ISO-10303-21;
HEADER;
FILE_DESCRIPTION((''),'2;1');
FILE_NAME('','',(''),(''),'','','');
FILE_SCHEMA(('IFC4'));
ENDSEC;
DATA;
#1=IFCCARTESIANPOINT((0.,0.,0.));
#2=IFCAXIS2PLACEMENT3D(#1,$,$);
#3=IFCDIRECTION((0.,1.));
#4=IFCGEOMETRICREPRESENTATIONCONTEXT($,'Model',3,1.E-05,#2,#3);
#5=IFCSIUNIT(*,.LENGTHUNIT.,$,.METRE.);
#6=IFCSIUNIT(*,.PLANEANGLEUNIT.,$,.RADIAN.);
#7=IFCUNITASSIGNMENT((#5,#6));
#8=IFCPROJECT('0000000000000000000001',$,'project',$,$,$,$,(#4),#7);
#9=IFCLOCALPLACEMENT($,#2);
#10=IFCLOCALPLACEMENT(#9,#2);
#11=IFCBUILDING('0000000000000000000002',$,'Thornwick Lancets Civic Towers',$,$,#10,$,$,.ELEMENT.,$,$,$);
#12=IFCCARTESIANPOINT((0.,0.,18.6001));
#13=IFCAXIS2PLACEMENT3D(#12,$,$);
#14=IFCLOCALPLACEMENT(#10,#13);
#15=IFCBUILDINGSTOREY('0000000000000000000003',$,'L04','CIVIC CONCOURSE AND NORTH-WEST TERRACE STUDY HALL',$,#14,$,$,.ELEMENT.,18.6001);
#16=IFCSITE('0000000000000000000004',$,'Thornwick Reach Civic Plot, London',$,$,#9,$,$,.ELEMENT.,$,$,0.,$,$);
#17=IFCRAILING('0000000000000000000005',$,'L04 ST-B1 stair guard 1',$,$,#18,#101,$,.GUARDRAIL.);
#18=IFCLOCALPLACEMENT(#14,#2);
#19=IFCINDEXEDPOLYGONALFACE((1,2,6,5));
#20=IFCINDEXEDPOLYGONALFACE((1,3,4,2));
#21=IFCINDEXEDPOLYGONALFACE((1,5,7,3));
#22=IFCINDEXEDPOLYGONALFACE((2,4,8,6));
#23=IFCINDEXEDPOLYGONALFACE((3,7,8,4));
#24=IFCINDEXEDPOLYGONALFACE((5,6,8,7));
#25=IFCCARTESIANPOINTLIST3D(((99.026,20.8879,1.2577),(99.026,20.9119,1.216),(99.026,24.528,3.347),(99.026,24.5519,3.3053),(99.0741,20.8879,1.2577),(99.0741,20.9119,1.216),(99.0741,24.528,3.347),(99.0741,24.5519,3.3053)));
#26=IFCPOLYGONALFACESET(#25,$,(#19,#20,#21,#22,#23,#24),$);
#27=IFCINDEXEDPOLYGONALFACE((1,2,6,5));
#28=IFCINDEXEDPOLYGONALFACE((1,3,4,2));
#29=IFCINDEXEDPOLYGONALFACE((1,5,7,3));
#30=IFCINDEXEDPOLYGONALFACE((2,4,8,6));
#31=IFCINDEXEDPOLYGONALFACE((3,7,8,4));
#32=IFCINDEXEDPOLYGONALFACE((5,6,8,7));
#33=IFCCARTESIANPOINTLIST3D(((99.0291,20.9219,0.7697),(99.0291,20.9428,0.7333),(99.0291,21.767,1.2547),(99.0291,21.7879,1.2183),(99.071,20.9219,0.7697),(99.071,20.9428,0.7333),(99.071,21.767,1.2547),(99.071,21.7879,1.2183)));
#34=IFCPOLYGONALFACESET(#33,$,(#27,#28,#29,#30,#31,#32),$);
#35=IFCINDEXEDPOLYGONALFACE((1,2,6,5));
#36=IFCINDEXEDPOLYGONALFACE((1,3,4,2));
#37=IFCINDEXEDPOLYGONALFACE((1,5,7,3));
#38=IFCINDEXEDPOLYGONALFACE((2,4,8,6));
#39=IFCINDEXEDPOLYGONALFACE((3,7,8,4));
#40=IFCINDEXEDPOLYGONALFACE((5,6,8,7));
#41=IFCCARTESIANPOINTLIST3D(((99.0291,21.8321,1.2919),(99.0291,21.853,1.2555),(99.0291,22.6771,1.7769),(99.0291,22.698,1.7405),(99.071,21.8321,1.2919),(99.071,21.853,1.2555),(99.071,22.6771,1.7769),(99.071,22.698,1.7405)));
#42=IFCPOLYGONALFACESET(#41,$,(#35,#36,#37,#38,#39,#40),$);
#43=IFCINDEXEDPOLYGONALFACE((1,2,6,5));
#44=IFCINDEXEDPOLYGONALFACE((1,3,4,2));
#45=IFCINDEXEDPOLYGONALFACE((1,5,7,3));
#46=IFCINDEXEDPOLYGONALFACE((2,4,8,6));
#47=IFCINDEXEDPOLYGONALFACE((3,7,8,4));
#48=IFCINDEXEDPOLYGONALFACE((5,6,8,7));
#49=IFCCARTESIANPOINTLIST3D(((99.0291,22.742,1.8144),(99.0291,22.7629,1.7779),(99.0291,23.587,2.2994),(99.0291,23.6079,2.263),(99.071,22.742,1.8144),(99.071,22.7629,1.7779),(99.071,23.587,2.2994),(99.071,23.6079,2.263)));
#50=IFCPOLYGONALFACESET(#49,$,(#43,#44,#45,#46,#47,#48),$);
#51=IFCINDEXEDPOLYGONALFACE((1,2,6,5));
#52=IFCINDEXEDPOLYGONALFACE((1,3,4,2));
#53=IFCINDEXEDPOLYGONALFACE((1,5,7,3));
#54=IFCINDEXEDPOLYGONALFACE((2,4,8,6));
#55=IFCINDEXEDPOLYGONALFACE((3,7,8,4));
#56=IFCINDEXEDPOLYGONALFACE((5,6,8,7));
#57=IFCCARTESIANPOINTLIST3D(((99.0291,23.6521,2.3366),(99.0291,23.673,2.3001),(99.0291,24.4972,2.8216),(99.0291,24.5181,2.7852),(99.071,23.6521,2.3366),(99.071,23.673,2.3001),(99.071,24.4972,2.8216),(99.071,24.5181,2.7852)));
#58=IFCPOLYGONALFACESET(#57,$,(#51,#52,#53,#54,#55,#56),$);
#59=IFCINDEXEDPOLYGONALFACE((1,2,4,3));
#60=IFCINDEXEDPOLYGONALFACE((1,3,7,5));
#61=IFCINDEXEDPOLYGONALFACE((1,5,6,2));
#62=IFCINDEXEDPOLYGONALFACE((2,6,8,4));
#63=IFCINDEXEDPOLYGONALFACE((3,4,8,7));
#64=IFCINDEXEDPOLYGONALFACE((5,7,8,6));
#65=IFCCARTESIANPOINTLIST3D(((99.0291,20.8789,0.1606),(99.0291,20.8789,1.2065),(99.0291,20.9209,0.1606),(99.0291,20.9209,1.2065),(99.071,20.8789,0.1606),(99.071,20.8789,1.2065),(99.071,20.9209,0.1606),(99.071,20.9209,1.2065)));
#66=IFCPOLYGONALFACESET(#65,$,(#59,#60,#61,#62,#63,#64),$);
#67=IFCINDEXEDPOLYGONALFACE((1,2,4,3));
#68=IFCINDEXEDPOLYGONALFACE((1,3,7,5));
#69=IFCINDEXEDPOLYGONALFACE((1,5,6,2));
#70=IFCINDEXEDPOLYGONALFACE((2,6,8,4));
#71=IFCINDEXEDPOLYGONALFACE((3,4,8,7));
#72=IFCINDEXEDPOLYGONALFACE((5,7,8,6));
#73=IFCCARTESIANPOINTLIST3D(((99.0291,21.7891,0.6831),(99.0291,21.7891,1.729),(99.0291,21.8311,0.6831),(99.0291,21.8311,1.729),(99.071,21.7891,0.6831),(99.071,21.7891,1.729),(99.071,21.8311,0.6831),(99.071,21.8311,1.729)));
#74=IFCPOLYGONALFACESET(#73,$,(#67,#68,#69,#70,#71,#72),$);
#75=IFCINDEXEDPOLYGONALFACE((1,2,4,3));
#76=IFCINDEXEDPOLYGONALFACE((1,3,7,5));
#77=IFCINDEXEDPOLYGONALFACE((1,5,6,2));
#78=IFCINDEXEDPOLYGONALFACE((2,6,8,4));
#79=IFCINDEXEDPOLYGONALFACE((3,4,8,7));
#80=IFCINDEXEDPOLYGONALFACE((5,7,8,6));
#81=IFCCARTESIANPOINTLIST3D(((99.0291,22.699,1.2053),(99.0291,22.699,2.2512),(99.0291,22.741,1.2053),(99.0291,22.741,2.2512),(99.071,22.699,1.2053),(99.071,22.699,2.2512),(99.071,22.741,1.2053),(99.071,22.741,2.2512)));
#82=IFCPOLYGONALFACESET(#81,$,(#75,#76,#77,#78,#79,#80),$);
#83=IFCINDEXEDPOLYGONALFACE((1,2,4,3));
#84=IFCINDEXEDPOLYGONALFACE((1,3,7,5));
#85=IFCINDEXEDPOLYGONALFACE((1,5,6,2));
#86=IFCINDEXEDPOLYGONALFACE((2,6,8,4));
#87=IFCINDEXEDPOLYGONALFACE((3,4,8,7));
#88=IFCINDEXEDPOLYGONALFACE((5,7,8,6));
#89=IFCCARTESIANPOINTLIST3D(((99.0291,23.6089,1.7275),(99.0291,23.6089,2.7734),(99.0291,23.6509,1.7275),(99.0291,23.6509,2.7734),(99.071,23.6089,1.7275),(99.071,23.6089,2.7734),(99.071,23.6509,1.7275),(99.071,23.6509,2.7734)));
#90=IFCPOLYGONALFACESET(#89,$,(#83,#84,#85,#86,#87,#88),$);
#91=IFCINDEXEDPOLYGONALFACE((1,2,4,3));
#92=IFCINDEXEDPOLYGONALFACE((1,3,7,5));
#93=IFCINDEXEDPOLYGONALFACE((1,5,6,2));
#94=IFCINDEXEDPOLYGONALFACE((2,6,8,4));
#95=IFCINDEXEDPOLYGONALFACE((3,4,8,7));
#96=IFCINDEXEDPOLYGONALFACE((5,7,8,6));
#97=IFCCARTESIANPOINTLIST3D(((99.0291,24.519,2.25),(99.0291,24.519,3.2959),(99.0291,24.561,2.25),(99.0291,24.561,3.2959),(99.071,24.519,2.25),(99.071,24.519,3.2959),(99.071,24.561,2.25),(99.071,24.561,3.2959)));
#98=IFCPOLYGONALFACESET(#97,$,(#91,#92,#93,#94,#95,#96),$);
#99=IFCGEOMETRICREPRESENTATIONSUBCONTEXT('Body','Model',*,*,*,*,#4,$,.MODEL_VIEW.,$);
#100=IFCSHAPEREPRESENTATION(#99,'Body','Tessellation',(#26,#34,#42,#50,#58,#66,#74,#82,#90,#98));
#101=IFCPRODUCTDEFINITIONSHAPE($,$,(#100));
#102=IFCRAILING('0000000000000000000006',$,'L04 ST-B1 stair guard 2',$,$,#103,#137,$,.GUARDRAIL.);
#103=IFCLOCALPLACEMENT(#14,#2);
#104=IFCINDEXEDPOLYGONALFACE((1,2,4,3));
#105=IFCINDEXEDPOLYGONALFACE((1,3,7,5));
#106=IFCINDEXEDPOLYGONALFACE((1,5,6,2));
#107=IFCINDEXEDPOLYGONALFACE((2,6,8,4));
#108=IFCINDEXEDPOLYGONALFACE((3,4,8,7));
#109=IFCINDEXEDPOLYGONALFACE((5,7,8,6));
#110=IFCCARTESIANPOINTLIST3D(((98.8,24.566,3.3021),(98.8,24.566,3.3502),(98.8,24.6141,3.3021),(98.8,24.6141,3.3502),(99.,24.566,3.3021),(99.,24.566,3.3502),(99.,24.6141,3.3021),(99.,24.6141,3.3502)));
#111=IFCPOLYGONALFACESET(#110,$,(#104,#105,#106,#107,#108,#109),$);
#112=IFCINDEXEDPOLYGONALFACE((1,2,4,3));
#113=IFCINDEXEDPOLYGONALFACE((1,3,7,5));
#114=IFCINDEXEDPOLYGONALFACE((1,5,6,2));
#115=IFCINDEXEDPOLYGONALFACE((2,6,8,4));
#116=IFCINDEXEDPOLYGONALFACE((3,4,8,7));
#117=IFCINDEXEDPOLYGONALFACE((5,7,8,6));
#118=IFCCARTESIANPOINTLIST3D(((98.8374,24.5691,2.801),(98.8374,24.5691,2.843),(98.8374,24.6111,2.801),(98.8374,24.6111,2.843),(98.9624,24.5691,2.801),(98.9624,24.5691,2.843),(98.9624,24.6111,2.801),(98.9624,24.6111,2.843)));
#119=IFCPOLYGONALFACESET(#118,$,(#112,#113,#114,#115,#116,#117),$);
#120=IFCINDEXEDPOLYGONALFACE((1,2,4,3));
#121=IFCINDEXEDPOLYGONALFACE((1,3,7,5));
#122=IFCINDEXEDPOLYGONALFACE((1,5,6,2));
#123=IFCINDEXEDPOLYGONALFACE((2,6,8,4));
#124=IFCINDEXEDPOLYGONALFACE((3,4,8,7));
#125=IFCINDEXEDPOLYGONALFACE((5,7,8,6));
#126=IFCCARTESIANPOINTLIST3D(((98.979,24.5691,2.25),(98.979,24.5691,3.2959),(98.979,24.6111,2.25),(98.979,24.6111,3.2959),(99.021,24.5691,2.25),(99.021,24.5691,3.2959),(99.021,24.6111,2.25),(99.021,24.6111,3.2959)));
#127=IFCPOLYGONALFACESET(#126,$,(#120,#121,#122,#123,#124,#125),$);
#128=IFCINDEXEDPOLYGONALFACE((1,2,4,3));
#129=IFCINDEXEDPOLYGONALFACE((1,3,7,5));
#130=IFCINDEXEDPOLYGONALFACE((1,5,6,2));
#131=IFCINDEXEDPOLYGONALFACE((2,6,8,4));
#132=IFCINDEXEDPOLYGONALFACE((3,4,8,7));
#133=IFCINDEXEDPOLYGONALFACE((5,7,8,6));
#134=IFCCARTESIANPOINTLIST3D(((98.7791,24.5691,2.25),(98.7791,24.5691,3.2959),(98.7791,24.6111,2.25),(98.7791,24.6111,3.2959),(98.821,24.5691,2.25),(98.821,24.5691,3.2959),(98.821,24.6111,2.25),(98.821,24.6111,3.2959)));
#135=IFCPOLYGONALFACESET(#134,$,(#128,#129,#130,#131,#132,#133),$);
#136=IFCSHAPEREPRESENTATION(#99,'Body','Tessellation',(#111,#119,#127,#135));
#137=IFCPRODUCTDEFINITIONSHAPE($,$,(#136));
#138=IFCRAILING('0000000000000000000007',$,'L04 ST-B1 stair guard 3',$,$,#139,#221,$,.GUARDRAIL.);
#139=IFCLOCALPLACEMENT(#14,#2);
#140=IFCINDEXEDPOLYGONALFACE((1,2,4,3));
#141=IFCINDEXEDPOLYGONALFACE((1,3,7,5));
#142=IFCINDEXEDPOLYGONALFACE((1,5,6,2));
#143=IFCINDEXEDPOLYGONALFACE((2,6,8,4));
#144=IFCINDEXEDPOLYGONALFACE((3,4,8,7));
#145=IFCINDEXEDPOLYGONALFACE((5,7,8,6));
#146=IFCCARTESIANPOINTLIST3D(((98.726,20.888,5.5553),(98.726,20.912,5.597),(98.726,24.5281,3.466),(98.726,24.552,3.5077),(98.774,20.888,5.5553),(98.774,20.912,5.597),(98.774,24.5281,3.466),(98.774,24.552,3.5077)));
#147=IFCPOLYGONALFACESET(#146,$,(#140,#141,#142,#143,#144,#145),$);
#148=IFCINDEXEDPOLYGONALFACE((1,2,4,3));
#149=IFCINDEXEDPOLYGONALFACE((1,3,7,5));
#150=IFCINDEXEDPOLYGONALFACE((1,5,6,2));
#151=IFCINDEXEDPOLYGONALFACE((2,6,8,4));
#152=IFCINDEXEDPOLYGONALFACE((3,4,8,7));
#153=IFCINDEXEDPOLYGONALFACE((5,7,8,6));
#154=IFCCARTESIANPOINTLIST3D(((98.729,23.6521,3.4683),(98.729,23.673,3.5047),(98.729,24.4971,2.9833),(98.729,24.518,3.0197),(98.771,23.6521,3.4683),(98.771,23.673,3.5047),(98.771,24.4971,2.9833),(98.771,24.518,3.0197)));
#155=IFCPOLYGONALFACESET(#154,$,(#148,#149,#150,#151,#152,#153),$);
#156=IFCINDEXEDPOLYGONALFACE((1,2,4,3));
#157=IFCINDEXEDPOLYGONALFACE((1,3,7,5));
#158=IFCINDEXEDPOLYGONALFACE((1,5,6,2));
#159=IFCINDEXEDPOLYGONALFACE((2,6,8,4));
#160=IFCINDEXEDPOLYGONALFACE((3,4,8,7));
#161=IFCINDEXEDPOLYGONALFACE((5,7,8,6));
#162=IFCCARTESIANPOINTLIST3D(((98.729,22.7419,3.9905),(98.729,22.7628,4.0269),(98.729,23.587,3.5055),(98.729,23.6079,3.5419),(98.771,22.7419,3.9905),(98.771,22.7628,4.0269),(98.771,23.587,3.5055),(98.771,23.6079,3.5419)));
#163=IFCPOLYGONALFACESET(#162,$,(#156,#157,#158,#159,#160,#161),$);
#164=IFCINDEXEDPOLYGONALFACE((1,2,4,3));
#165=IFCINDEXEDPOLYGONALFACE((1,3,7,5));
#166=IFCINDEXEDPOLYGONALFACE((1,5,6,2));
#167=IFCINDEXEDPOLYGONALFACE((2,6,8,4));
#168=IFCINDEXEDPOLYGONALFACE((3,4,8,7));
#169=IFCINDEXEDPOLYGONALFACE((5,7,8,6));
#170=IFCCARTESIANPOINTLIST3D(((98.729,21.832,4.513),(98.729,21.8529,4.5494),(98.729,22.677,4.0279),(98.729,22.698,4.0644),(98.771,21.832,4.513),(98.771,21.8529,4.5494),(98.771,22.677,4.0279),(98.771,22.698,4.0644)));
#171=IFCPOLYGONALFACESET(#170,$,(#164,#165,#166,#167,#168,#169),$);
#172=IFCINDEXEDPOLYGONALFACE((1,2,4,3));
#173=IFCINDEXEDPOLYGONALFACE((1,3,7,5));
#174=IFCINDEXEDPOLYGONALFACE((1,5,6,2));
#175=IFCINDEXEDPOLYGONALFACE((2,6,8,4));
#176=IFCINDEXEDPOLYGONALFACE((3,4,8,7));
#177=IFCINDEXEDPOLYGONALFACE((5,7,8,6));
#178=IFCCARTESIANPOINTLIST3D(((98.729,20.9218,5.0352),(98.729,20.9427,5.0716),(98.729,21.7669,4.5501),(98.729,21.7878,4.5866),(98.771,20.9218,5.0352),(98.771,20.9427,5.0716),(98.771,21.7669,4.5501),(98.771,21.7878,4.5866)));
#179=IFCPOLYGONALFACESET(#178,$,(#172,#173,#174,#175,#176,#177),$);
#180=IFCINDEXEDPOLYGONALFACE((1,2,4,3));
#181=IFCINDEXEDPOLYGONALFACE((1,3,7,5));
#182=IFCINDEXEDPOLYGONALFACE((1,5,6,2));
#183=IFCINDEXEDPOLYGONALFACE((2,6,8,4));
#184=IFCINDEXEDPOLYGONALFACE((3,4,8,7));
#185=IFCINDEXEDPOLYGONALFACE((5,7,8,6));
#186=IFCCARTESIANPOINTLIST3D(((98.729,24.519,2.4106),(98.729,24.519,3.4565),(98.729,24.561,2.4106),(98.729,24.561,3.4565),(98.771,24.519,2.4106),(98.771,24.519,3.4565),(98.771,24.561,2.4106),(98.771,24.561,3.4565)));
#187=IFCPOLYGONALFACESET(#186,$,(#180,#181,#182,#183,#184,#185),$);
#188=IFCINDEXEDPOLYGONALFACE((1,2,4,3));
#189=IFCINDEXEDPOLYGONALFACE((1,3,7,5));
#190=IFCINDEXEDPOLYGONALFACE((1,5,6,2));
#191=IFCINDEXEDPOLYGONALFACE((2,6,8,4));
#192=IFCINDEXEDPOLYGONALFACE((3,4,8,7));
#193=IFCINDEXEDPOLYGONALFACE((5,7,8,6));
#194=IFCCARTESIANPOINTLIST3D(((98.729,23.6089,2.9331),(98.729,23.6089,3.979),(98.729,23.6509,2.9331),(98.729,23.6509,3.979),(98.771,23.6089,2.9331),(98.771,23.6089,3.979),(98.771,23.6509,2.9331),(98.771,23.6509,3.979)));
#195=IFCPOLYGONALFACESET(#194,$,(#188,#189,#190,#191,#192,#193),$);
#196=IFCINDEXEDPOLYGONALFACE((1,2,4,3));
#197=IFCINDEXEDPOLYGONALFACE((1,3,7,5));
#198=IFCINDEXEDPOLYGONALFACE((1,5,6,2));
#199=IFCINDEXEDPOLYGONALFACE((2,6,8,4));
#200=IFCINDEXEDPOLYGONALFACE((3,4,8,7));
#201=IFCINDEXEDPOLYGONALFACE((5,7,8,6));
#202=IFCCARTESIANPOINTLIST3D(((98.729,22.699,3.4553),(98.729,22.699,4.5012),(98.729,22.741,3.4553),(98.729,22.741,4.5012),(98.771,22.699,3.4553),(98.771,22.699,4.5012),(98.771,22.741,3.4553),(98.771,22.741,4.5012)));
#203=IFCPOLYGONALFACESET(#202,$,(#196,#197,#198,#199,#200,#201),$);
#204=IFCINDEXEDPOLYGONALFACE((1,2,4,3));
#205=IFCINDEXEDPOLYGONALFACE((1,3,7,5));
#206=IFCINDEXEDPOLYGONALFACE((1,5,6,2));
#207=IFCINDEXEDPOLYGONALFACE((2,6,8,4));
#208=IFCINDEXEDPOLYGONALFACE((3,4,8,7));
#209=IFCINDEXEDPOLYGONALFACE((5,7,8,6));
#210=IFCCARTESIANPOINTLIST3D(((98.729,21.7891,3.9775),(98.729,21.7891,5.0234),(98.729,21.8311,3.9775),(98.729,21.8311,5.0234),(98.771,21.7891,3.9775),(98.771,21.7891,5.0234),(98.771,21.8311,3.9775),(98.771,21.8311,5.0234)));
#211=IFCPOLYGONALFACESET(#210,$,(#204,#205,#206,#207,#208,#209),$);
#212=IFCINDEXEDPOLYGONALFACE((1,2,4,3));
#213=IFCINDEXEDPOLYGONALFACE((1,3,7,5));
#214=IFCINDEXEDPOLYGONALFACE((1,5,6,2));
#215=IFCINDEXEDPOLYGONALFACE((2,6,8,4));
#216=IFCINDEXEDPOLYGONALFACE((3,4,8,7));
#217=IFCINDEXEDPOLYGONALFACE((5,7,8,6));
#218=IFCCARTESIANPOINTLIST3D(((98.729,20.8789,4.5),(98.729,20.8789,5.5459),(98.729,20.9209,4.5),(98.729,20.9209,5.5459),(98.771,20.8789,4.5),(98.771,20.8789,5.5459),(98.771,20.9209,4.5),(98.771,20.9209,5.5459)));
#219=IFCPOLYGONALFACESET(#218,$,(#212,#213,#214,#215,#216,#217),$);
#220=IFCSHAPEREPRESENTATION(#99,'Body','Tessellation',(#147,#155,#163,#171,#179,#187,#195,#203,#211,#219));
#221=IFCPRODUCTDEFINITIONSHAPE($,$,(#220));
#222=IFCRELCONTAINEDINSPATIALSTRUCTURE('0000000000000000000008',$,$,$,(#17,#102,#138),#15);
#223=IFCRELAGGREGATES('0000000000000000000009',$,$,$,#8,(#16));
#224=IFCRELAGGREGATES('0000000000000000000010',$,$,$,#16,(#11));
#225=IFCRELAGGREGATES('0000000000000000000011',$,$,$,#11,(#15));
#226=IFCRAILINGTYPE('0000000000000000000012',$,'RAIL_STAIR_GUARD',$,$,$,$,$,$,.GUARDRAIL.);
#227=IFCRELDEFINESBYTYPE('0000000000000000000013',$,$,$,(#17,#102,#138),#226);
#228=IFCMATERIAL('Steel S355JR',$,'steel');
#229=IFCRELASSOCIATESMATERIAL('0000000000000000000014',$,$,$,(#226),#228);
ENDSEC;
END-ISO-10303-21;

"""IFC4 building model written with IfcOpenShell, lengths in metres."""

from ifc_helpers import new_model, si_unit, direction, frame, origin, origin_2d, place, context, subcontext, project, spatial, rectangle, extrude, material, type_object, element, save


model = new_model("IFC4")

# Units and contexts
model_context = context("Model", 3, precision=1e-05, world=origin(), true_north=direction((0.0, 1.0)))
body_context = subcontext(model_context, "Body", "Model", "MODEL_VIEW")
ifc_project = project(units=[si_unit("LENGTHUNIT", "METRE"), si_unit("PLANEANGLEUNIT", "RADIAN")], contexts=[model_context])

# Site, building, storey
site_placement = place(None, origin())
site = spatial("IfcSite", under=ifc_project, at=site_placement, Name="Thornwick Reach Civic Plot, London", CompositionType="ELEMENT", RefElevation=0.0)
building_placement = place(site_placement, origin())
building = spatial("IfcBuilding", under=site, at=building_placement, Name="Thornwick Lancets Civic Towers", CompositionType="ELEMENT")
storey_placement = place(building_placement, frame((0.0, 0.0, 18.6001)))
storey = spatial("IfcBuildingStorey", under=building, at=storey_placement, Name="L04", Description="CIVIC CONCOURSE AND NORTH-WEST TERRACE STUDY HALL", CompositionType="ELEMENT", Elevation=18.6001)

# Shared definitions
ifc_material_1 = material(Name="Steel S355JR", Category="steel")

# Railings
railing_type_1 = type_object("IfcRailingType", Name="RAIL_STAIR_GUARD", PredefinedType="GUARDRAIL", material=ifc_material_1)
railing_1_placement = place(storey_placement, frame((99.05, 20.8999, 0.1606)))
element("IfcRailing", 1, at=railing_1_placement, inside=storey, type_object=railing_type_1, Name="L04 ST-B1 stair guard 1", PredefinedType="GUARDRAIL", context=body_context, shape_type="SweptSolid", body=[
    extrude(rectangle(XDim=0.0481, YDim=0.0481, at=origin_2d()), frame((0.0, 0.0, 1.0762), z_axis=(0.0, 0.867289, 0.497804), x_axis=(-1.0, 0.0, 0.0)), (0.0, 0.0, 1.0), 4.197),
    extrude(rectangle(XDim=0.042, YDim=0.042, at=origin_2d()), frame((0.0, 0.0325, 0.5908), z_axis=(0.0, 0.867289, 0.497804), x_axis=(-1.0, 0.0, 0.0)), (0.0, 0.0, 1.0), 0.9744),
    extrude(rectangle(XDim=0.042, YDim=0.042, at=origin_2d()), frame((0.0, 0.9426, 1.113), z_axis=(0.0, 0.867289, 0.497804), x_axis=(-1.0, 0.0, 0.0)), (0.0, 0.0, 1.0), 0.9744),
    extrude(rectangle(XDim=0.042, YDim=0.042, at=origin_2d()), frame((0.0, 1.8525, 1.6355), z_axis=(0.0, 0.867289, 0.497804), x_axis=(-1.0, 0.0, 0.0)), (0.0, 0.0, 1.0), 0.9744),
    extrude(rectangle(XDim=0.042, YDim=0.042, at=origin_2d()), frame((0.0, 2.7627, 2.1577), z_axis=(0.0, 0.867289, 0.497804), x_axis=(-1.0, 0.0, 0.0)), (0.0, 0.0, 1.0), 0.9744),
    extrude(rectangle(XDim=0.042, YDim=0.042, at=origin_2d()), origin(), (0.0, 0.0, 1.0), 1.0459),
    extrude(rectangle(XDim=0.042, YDim=0.042, at=origin_2d()), frame((0.0, 0.9102, 0.5225)), (0.0, 0.0, 1.0), 1.0459),
    extrude(rectangle(XDim=0.042, YDim=0.042, at=origin_2d()), frame((0.0, 1.8201, 1.0447)), (0.0, 0.0, 1.0), 1.0459),
    extrude(rectangle(XDim=0.042, YDim=0.042, at=origin_2d()), frame((0.0, 2.73, 1.5669)), (0.0, 0.0, 1.0), 1.0459),
    extrude(rectangle(XDim=0.042, YDim=0.042, at=origin_2d()), frame((0.0, 3.6401, 2.0894)), (0.0, 0.0, 1.0), 1.0459),
])
railing_2_placement = place(storey_placement, frame((99.0, 24.5901, 2.25)))
element("IfcRailing", 2, at=railing_2_placement, inside=storey, type_object=railing_type_1, Name="L04 ST-B1 stair guard 2", PredefinedType="GUARDRAIL", context=body_context, shape_type="SweptSolid", body=[
    extrude(rectangle(XDim=0.0481, YDim=0.0481, at=origin_2d()), frame((0.0, 0.0, 1.0762), z_axis=(-1.0, 0.0, 0.0), x_axis=(0.0, -1.0, 0.0)), (0.0, 0.0, 1.0), 0.2),
    extrude(rectangle(XDim=0.042, YDim=0.042, at=origin_2d()), frame((-0.0376, 0.0, 0.572), z_axis=(-1.0, 0.0, 0.0), x_axis=(0.0, -1.0, 0.0)), (0.0, 0.0, 1.0), 0.125),
    extrude(rectangle(XDim=0.042, YDim=0.042, at=origin_2d()), origin(), (0.0, 0.0, 1.0), 1.0459),
    extrude(rectangle(XDim=0.042, YDim=0.042, at=origin_2d()), frame((-0.2, 0.0, 0.0)), (0.0, 0.0, 1.0), 1.0459),
])
railing_3_placement = place(storey_placement, frame((98.75, 24.54, 2.4106)))
element("IfcRailing", 3, at=railing_3_placement, inside=storey, type_object=railing_type_1, Name="L04 ST-B1 stair guard 3", PredefinedType="GUARDRAIL", context=body_context, shape_type="SweptSolid", body=[
    extrude(rectangle(XDim=0.0481, YDim=0.0481, at=origin_2d()), frame((0.0, 0.0, 1.0762), z_axis=(0.0, -0.867289, 0.497804), x_axis=(1.0, 0.0, 0.0)), (0.0, 0.0, 1.0), 4.197),
    extrude(rectangle(XDim=0.042, YDim=0.042, at=origin_2d()), frame((0.0, -0.0325, 0.5908), z_axis=(0.0, -0.867289, 0.497804), x_axis=(1.0, 0.0, 0.0)), (0.0, 0.0, 1.0), 0.9744),
    extrude(rectangle(XDim=0.042, YDim=0.042, at=origin_2d()), frame((0.0, -0.9426, 1.113), z_axis=(0.0, -0.867289, 0.497804), x_axis=(1.0, 0.0, 0.0)), (0.0, 0.0, 1.0), 0.9744),
    extrude(rectangle(XDim=0.042, YDim=0.042, at=origin_2d()), frame((0.0, -1.8525, 1.6355), z_axis=(0.0, -0.867289, 0.497804), x_axis=(1.0, 0.0, 0.0)), (0.0, 0.0, 1.0), 0.9744),
    extrude(rectangle(XDim=0.042, YDim=0.042, at=origin_2d()), frame((0.0, -2.7627, 2.1577), z_axis=(0.0, -0.867289, 0.497804), x_axis=(1.0, 0.0, 0.0)), (0.0, 0.0, 1.0), 0.9744),
    extrude(rectangle(XDim=0.042, YDim=0.042, at=origin_2d()), origin(), (0.0, 0.0, 1.0), 1.0459),
    extrude(rectangle(XDim=0.042, YDim=0.042, at=origin_2d()), frame((0.0, -0.9102, 0.5225)), (0.0, 0.0, 1.0), 1.0459),
    extrude(rectangle(XDim=0.042, YDim=0.042, at=origin_2d()), frame((0.0, -1.8201, 1.0447)), (0.0, 0.0, 1.0), 1.0459),
    extrude(rectangle(XDim=0.042, YDim=0.042, at=origin_2d()), frame((0.0, -2.73, 1.5669)), (0.0, 0.0, 1.0), 1.0459),
    extrude(rectangle(XDim=0.042, YDim=0.042, at=origin_2d()), frame((0.0, -3.6401, 2.0894)), (0.0, 0.0, 1.0), 1.0459),
])

save(model, "model.ifc")
